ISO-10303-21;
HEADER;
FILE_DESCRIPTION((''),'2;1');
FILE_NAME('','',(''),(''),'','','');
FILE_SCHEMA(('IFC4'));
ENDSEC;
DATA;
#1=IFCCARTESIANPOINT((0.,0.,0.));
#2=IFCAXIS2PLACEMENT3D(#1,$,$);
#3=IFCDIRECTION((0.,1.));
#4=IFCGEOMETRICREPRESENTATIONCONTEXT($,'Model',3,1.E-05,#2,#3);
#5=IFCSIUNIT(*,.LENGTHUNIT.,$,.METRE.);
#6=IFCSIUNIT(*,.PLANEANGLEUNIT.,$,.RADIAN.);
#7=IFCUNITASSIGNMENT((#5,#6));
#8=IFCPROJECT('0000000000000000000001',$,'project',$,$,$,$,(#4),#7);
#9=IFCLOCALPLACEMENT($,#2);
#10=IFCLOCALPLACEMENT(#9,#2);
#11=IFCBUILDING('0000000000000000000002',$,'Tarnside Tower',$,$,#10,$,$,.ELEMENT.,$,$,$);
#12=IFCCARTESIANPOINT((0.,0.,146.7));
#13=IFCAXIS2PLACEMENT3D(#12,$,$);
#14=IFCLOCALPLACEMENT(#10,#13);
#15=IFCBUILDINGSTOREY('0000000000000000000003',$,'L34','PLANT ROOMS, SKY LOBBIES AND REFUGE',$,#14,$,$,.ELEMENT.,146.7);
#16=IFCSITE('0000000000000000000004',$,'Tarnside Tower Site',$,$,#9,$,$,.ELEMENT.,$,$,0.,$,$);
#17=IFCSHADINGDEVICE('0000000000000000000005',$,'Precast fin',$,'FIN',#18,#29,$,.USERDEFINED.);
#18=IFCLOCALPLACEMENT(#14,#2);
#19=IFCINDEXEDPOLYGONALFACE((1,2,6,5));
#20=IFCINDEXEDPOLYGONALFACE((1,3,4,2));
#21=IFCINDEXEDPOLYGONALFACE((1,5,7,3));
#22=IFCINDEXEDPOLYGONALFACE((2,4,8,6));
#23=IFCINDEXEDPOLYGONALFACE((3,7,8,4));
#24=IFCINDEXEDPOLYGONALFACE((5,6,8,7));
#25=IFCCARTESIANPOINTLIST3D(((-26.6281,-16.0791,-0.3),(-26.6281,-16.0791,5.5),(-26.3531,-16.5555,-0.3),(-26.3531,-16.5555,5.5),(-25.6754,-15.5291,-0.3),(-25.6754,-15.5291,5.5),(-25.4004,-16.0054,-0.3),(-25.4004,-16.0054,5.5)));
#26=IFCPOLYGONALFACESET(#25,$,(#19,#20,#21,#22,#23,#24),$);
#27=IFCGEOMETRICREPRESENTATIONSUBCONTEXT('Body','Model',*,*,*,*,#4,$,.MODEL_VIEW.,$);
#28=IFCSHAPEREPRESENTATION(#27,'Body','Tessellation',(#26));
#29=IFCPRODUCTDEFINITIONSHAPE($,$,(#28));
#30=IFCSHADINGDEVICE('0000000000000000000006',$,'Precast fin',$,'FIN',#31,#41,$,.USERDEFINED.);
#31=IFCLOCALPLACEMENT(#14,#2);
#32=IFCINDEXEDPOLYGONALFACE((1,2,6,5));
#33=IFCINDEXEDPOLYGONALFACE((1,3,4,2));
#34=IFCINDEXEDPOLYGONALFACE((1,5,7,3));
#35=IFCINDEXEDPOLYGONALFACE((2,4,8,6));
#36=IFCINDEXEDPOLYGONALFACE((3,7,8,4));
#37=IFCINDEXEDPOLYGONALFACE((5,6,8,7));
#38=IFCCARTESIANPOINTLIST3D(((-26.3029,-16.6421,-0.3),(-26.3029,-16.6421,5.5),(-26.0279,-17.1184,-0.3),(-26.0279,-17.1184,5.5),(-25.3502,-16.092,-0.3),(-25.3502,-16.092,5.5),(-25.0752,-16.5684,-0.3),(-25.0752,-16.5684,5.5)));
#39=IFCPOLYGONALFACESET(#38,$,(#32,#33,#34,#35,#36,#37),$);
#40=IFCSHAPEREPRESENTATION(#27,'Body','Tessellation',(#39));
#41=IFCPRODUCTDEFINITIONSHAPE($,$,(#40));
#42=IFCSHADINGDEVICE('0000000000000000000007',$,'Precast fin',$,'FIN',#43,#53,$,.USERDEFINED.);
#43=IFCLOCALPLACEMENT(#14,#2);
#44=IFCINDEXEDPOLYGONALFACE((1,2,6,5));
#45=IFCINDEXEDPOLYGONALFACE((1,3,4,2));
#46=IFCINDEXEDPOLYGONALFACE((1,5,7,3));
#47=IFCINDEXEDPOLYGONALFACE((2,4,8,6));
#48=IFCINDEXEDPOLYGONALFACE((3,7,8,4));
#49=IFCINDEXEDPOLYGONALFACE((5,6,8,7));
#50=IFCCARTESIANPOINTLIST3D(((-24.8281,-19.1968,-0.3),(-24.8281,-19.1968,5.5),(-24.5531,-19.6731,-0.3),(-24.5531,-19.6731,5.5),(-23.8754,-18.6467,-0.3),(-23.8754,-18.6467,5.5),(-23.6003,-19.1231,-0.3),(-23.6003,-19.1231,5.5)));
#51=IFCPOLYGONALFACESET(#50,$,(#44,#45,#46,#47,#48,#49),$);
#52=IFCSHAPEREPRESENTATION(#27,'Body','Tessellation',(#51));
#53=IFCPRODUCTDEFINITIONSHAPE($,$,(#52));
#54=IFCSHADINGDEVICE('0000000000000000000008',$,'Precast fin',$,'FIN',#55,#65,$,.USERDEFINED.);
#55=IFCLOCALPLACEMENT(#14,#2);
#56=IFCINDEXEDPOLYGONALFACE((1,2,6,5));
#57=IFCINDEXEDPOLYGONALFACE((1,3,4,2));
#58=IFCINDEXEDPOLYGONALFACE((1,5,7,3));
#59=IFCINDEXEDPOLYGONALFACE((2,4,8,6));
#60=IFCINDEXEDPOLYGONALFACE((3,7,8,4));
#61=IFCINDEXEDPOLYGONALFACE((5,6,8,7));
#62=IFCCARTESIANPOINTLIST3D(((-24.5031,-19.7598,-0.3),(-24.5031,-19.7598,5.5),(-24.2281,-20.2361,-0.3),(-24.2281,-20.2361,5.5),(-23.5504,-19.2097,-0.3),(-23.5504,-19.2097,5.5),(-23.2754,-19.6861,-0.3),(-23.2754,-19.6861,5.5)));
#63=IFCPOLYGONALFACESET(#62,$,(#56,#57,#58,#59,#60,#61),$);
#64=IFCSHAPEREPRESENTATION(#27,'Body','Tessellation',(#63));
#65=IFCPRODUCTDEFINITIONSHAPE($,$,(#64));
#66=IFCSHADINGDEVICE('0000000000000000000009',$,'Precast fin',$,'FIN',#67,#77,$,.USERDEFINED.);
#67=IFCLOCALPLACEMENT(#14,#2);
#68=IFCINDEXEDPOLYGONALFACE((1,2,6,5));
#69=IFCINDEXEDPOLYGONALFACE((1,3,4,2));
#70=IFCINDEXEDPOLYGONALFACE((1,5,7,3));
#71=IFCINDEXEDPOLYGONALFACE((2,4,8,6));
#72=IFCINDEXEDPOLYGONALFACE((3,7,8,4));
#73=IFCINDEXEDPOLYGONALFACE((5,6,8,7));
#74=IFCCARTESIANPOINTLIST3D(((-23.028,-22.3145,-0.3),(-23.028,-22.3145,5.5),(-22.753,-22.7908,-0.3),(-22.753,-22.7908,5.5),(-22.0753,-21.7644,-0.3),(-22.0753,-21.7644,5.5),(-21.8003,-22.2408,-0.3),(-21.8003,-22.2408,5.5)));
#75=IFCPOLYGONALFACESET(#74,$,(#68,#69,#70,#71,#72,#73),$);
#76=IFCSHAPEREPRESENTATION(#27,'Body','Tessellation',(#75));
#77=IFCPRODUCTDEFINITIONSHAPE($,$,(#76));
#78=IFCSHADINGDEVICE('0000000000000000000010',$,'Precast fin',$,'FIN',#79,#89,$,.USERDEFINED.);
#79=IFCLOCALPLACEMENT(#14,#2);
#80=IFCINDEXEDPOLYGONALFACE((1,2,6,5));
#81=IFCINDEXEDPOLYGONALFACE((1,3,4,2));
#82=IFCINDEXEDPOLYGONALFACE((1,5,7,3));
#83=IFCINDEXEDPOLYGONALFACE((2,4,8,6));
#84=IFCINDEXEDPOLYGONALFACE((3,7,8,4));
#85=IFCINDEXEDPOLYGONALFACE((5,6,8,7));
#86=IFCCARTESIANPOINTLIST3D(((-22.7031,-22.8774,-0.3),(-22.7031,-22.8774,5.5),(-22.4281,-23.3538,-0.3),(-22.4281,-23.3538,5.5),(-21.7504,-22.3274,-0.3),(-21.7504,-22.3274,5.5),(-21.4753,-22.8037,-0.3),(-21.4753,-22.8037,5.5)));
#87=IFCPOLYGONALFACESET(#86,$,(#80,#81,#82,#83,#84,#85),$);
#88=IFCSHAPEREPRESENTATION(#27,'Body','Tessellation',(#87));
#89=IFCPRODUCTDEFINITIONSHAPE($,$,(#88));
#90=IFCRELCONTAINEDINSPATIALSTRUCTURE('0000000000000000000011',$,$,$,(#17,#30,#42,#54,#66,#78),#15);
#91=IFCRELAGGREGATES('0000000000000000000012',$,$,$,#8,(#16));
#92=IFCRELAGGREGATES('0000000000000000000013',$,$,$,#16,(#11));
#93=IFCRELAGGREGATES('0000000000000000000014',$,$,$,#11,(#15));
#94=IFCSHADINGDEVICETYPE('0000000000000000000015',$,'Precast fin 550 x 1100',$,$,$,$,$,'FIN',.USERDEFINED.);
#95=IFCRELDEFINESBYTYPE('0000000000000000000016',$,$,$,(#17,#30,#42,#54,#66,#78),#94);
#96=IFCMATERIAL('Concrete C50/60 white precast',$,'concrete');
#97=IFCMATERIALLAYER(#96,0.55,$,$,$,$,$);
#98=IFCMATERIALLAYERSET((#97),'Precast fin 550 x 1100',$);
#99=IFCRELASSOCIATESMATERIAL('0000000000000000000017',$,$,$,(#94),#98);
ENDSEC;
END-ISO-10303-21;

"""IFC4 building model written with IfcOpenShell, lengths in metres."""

from ifc_helpers import new_model, si_unit, direction, frame, origin, place, context, subcontext, project, spatial, polyline, outline, extrude, material, layer, layer_set, type_object, element, save


model = new_model("IFC4")

# Units and contexts
model_context = context("Model", 3, precision=1e-05, world=origin(), true_north=direction((0.0, 1.0)))
body_context = subcontext(model_context, "Body", "Model", "MODEL_VIEW")
ifc_project = project(units=[si_unit("LENGTHUNIT", "METRE"), si_unit("PLANEANGLEUNIT", "RADIAN")], contexts=[model_context])

# Site, building, storey
site_placement = place(None, origin())
site = spatial("IfcSite", under=ifc_project, at=site_placement, Name="Tarnside Tower Site", CompositionType="ELEMENT", RefElevation=0.0)
building_placement = place(site_placement, origin())
building = spatial("IfcBuilding", under=site, at=building_placement, Name="Tarnside Tower", CompositionType="ELEMENT")
storey_placement = place(building_placement, frame((0.0, 0.0, 146.7)))
storey = spatial("IfcBuildingStorey", under=building, at=storey_placement, Name="L34", Description="PLANT ROOMS, SKY LOBBIES AND REFUGE", CompositionType="ELEMENT", Elevation=146.7)

# Shading devices
ifc_material_1 = material(Name="Concrete C50/60 white precast", Category="concrete")
ifc_layer_1 = layer(ifc_material_1, 0.55)
ifc_layer_set_1 = layer_set([ifc_layer_1], Name="Precast fin 550 x 1100")
shading_device_type = type_object("IfcShadingDeviceType", Name="Precast fin 550 x 1100", ElementType="FIN", PredefinedType="USERDEFINED", material=ifc_layer_set_1)
for number, where, z_axis, x_axis, name in (
    (1, (-25.5378, -15.7673, -0.3), (-0.5, 0.866025, 0.0), (-0.866025, -0.5, 0.0), "Precast fin"),
    (2, (-25.2126, -16.3303, -0.3), (-0.5, 0.866025, 0.0), (-0.866025, -0.5, 0.0), "Precast fin"),
    (3, (-23.7378, -18.885, -0.3), (-0.5, 0.866025, 0.0), (-0.866025, -0.5, 0.0), "Precast fin"),
    (4, (-23.4128, -19.448, -0.3), (-0.5, 0.866025, 0.0), (-0.866025, -0.5, 0.0), "Precast fin"),
    (5, (-21.9377, -22.0027, -0.3), (-0.5, 0.866025, 0.0), (-0.866025, -0.5, 0.0), "Precast fin"),
    (6, (-21.6128, -22.5657, -0.3), (-0.5, 0.866025, 0.0), (-0.866025, -0.5, 0.0), "Precast fin"),
):
    element("IfcShadingDevice", number, at=place(storey_placement, frame(where, z_axis=z_axis, x_axis=x_axis)), inside=storey, type_object=shading_device_type, Name=name, ObjectType="FIN", PredefinedType="USERDEFINED", context=body_context, shape_type="SweptSolid", body=[
        extrude(outline(polyline([(0.0, 0.0), (1.1001, 0.0), (1.1001, 5.8), (0.0, 5.8), (0.0, 0.0)])), frame((0.0, 0.0, -0.2749)), (0.0, 0.0, 1.0), 0.55),
    ])

save(model, "model.ifc")
